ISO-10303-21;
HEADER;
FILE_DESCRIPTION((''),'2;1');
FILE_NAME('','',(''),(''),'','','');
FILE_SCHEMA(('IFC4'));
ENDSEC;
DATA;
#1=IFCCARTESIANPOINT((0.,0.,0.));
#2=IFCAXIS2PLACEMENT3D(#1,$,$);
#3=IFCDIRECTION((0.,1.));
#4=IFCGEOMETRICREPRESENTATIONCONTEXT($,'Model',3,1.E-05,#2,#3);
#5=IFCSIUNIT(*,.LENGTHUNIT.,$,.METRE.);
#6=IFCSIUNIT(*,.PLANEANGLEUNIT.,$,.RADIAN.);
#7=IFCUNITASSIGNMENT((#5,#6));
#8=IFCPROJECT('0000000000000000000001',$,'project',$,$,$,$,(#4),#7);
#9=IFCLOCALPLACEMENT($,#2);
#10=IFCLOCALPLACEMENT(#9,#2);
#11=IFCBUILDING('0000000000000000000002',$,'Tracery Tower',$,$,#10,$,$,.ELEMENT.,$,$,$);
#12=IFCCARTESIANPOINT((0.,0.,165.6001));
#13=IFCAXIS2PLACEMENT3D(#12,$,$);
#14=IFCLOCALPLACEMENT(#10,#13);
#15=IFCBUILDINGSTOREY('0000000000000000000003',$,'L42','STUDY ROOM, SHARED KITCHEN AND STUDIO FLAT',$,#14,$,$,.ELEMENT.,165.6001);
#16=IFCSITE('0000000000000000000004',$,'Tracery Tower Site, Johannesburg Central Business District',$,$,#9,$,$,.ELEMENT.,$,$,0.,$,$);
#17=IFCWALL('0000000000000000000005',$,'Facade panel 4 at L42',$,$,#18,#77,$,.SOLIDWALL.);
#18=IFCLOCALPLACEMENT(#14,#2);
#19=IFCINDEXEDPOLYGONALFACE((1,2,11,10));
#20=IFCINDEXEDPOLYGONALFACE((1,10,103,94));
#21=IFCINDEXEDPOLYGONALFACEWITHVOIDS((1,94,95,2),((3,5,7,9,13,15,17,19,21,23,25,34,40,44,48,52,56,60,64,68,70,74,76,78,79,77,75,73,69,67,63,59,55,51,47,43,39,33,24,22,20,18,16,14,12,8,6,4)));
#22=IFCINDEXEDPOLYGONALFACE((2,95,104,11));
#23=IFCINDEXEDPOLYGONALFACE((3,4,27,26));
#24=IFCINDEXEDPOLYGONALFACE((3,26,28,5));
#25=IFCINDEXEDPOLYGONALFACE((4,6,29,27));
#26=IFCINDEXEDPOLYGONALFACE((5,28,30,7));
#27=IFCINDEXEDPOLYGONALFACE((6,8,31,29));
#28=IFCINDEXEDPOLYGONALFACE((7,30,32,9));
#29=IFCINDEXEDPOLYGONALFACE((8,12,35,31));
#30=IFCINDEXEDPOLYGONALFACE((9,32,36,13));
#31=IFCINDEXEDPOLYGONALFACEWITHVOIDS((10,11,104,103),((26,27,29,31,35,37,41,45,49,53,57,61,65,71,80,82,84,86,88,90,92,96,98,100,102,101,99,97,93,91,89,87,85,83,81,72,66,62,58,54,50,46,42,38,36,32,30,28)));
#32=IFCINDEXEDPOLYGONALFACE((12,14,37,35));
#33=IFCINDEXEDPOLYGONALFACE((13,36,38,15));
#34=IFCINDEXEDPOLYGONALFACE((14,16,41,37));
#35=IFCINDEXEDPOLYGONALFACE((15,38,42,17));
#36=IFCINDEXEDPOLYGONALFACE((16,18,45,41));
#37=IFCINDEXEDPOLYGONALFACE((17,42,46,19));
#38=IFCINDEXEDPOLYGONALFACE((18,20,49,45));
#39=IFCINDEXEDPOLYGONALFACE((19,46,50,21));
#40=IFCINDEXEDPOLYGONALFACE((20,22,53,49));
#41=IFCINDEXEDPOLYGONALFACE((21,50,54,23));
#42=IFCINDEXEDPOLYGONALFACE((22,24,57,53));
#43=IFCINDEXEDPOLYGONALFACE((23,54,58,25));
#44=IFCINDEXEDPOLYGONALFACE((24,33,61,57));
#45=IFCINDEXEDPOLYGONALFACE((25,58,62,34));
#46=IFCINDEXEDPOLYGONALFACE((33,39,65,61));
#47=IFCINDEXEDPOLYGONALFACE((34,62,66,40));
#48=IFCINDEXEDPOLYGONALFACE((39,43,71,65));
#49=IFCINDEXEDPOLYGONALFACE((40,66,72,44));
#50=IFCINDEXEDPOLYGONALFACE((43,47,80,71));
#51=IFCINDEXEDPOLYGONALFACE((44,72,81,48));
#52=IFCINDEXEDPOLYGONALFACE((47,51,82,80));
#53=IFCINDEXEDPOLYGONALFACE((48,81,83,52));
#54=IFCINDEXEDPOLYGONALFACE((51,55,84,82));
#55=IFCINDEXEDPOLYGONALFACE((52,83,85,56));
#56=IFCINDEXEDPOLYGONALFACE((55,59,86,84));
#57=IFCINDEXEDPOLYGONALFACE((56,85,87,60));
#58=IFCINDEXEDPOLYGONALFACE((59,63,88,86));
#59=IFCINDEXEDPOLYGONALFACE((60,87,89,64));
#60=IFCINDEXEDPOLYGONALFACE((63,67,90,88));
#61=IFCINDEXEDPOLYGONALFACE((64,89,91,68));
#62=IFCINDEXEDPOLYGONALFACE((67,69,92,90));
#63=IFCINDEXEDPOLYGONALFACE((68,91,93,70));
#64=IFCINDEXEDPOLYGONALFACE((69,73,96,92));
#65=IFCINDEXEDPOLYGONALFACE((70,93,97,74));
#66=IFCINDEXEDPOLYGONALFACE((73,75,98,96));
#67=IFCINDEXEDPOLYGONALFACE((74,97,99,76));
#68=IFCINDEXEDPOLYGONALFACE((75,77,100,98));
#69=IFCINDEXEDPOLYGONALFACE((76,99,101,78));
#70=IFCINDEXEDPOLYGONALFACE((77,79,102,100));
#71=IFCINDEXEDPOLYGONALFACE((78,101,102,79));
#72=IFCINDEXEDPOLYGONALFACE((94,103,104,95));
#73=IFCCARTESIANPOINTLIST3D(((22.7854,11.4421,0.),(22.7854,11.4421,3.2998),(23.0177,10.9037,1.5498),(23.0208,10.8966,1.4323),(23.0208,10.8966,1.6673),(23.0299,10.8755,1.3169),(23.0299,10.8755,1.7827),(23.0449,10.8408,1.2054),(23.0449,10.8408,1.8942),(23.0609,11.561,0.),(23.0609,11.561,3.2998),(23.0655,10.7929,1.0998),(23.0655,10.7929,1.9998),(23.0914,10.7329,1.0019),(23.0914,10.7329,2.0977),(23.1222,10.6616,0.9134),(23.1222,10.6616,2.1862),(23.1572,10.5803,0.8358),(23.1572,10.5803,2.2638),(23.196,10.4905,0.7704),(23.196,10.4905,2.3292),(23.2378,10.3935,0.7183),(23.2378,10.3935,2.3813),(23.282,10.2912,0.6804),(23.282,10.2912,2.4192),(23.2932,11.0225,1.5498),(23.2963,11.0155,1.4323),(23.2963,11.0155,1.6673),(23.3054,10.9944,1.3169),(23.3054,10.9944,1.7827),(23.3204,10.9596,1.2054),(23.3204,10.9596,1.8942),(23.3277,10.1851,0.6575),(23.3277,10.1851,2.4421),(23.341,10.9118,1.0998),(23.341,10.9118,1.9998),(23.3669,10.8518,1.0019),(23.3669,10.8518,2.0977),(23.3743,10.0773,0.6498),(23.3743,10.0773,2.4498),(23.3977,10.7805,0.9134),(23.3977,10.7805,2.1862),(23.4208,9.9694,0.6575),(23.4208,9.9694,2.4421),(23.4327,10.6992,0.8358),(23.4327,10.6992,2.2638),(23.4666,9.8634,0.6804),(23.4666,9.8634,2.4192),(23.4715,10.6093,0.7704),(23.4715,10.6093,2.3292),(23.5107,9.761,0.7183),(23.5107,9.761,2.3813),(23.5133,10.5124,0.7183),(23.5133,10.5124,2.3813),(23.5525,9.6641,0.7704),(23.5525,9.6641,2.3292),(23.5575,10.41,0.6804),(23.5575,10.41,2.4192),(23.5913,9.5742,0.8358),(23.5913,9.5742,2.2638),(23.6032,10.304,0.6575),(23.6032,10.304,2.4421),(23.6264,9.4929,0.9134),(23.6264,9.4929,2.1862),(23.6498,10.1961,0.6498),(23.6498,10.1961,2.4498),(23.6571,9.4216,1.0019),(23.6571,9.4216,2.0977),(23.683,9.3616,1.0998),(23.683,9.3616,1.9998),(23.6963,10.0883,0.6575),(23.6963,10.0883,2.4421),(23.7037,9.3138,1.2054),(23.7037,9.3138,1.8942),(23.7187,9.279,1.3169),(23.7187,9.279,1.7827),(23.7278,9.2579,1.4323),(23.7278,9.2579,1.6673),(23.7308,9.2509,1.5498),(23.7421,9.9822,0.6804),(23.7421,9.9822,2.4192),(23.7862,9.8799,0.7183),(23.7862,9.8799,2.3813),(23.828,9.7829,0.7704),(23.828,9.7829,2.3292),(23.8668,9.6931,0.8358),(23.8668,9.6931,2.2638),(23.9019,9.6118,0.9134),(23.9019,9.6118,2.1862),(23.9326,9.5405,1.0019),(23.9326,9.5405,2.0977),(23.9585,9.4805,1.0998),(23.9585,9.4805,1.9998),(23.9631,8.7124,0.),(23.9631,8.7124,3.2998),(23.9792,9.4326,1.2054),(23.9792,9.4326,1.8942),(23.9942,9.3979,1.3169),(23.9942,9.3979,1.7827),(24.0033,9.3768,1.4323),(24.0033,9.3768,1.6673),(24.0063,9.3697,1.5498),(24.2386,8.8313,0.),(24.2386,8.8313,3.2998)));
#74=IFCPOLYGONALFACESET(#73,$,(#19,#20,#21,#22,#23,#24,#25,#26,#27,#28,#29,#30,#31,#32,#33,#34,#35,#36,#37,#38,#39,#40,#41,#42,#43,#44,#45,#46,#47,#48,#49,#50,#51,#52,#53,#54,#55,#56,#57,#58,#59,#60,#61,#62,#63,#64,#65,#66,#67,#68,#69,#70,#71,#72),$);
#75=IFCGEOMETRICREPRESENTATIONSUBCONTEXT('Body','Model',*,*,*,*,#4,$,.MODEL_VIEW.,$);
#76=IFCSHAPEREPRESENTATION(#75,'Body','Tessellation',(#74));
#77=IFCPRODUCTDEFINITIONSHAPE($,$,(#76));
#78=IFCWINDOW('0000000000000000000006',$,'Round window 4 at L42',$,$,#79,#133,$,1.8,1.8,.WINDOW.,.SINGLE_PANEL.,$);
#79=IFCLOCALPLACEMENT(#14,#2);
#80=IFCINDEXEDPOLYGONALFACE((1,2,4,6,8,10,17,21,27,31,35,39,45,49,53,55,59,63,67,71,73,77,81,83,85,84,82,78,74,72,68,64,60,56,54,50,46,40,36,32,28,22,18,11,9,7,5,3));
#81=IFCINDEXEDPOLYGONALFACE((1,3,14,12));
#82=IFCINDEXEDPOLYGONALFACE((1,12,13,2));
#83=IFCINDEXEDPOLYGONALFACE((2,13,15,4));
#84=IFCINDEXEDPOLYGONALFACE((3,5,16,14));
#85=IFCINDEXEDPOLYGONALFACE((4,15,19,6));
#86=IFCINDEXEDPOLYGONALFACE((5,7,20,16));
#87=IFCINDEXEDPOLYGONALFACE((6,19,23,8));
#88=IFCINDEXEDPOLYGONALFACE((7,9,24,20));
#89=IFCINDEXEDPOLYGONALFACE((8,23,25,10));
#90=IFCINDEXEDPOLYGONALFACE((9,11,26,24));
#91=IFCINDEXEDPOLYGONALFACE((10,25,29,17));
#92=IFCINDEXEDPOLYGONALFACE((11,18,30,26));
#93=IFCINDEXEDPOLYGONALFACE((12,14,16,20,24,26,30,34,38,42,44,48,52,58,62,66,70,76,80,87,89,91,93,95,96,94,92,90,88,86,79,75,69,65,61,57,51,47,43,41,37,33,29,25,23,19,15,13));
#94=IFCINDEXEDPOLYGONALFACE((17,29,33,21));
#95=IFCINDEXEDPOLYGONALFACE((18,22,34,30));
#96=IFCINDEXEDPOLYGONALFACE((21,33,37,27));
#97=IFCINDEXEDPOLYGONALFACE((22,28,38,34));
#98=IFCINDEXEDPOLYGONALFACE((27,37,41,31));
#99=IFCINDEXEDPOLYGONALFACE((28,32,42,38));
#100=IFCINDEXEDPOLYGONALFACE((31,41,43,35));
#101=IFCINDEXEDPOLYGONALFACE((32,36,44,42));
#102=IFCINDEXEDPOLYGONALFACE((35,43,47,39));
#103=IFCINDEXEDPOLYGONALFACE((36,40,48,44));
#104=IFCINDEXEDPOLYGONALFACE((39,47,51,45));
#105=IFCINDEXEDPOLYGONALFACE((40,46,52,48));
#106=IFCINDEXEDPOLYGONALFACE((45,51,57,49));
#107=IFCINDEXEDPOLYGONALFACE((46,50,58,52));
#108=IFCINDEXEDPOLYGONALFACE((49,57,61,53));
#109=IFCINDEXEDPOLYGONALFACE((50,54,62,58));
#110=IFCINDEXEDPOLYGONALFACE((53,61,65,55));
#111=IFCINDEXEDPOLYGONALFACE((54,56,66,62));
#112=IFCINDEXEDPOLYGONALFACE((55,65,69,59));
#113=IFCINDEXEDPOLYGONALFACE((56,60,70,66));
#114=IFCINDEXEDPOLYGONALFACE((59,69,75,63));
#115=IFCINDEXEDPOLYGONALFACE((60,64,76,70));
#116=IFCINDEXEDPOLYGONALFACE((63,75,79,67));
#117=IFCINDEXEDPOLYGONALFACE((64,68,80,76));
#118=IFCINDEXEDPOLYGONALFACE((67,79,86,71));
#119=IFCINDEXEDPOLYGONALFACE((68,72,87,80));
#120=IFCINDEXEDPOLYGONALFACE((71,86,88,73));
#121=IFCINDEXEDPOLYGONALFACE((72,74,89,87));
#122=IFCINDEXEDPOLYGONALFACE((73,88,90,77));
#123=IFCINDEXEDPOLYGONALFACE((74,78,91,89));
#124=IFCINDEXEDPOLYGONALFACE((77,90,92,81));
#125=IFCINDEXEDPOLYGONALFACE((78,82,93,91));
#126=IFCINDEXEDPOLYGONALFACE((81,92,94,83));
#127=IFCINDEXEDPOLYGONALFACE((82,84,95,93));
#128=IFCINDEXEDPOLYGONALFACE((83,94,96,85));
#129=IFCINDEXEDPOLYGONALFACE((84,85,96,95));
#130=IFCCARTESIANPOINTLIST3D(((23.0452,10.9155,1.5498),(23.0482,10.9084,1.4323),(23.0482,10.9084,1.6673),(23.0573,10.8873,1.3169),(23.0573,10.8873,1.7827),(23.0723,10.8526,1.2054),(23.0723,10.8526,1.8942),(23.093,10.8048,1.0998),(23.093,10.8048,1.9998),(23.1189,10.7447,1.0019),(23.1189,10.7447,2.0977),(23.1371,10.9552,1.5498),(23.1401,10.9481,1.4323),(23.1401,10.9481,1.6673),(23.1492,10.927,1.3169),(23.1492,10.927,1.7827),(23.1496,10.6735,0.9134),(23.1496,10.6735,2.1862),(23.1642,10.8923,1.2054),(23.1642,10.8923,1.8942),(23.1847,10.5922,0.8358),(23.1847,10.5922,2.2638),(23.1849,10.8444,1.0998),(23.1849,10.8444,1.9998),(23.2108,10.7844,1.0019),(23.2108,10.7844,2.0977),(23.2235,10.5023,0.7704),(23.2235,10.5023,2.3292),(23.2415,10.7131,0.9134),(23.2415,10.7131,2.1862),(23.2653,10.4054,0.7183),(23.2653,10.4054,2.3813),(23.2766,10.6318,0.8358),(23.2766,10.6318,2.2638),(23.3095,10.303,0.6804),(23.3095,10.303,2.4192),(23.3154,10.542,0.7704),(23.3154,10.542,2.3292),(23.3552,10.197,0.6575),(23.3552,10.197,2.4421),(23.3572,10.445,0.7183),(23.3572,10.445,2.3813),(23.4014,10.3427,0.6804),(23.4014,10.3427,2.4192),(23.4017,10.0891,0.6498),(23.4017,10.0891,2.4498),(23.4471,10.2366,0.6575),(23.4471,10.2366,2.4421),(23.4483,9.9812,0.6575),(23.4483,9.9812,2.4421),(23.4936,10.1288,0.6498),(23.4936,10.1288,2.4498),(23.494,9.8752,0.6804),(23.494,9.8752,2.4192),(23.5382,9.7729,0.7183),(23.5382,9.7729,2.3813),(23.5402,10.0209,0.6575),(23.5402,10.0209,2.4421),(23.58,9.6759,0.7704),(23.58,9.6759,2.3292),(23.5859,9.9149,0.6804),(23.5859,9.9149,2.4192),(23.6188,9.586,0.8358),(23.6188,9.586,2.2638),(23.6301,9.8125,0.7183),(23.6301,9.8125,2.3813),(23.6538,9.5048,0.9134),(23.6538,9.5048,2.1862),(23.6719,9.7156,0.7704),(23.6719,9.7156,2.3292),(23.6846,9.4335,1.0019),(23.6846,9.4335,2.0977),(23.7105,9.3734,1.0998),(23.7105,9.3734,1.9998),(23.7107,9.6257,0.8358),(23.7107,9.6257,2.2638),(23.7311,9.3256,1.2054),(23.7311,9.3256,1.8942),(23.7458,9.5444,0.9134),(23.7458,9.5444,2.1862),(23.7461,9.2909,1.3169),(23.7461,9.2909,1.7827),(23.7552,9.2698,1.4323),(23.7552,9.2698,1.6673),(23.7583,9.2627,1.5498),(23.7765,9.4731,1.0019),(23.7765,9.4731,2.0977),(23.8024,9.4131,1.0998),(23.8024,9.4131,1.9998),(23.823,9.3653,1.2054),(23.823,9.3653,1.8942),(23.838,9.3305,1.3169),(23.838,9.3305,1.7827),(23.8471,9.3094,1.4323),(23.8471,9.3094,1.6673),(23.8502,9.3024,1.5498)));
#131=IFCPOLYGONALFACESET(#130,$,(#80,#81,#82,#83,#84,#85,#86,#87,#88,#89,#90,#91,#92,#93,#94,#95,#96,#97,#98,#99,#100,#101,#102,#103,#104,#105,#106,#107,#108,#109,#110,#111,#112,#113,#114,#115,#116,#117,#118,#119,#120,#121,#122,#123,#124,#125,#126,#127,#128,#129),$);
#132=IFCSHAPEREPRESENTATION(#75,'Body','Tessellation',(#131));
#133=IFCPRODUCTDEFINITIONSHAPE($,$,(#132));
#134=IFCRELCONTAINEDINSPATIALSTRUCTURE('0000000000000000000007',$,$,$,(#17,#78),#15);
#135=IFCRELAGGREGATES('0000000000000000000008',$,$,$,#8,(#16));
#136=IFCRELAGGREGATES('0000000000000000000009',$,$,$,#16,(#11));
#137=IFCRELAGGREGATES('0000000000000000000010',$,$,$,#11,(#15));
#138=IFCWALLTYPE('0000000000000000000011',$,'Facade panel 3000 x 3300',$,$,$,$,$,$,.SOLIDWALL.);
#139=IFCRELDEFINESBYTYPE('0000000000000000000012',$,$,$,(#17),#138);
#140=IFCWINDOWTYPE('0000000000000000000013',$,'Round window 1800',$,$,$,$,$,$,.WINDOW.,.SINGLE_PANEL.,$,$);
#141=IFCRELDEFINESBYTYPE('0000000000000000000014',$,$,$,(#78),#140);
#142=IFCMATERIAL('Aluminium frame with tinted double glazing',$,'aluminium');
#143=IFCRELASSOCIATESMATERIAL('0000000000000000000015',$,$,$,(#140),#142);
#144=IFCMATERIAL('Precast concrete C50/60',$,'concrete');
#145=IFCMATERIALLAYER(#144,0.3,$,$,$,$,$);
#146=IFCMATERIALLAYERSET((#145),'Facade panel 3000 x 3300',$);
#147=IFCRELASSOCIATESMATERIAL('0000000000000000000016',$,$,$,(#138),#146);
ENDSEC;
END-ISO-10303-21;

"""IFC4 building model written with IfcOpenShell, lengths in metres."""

from ifc_helpers import new_model, si_unit, direction, frame, frame_2d, origin, origin_2d, place, context, subcontext, project, spatial, rectangle, circle, extrude, material, layer, layer_set, type_object, element, fill, save


model = new_model("IFC4")

# Units and contexts
model_context = context("Model", 3, precision=1e-05, world=origin(), true_north=direction((0.0, 1.0)))
body_context = subcontext(model_context, "Body", "Model", "MODEL_VIEW")
ifc_project = project(units=[si_unit("LENGTHUNIT", "METRE"), si_unit("PLANEANGLEUNIT", "RADIAN")], contexts=[model_context])

# Site, building, storey
site_placement = place(None, origin())
site = spatial("IfcSite", under=ifc_project, at=site_placement, Name="Tracery Tower Site, Johannesburg Central Business District", CompositionType="ELEMENT", RefElevation=0.0)
building_placement = place(site_placement, origin())
building = spatial("IfcBuilding", under=site, at=building_placement, Name="Tracery Tower", CompositionType="ELEMENT")
storey_placement = place(building_placement, frame((0.0, 0.0, 165.6001)))
storey = spatial("IfcBuildingStorey", under=building, at=storey_placement, Name="L42", Description="STUDY ROOM, SHARED KITCHEN AND STUDIO FLAT", CompositionType="ELEMENT", Elevation=165.6001)

# Wall, opening, window
ifc_material_1 = material(Name="Aluminium frame with tinted double glazing", Category="aluminium")
window_type = type_object("IfcWindowType", Name="Round window 1800", PartitioningType="SINGLE_PANEL", PredefinedType="WINDOW", material=ifc_material_1)
ifc_material_2 = material(Name="Precast concrete C50/60", Category="concrete")
ifc_layer_1 = layer(ifc_material_2, 0.3)
ifc_layer_set_1 = layer_set([ifc_layer_1], Name="Facade panel 3000 x 3300")
wall_type_1 = type_object("IfcWallType", Name="Facade panel 3000 x 3300", PredefinedType="SOLIDWALL", material=ifc_layer_set_1)
wall_1_placement = place(storey_placement, frame((24.1008, 8.772, 0.0), z_axis=(0.0, 0.0, 1.0), x_axis=(-0.396148, 0.918187, 0.0)))
wall_1 = element("IfcWall", 1, at=wall_1_placement, inside=storey, type_object=wall_type_1, Name="Facade panel 4 at L42", PredefinedType="SOLIDWALL", context=body_context, shape_type="SweptSolid", body=[
    extrude(rectangle(XDim=2.9729, YDim=0.3, at=frame_2d((1.4863, 0.0))), origin(), (0.0, 0.0, 1.0), 3.2998),
])
opening_1_placement = place(wall_1_placement, frame((1.4863, 0.0, 1.5498)))
opening_1 = element("IfcOpeningElement", 2, at=opening_1_placement, cuts=wall_1, PredefinedType="OPENING", context=body_context, shape_type="SweptSolid", body=[
    extrude(circle(Radius=0.9, at=origin_2d()), frame((0.0, 0.1599, 0.0), z_axis=(0.0, -1.0, 0.0), x_axis=(1.0, 0.0, 0.0)), (0.0, 0.0, 1.0), 0.3201),
])
window_1_placement = place(opening_1_placement, origin())
window_1 = element("IfcWindow", 3, at=window_1_placement, inside=storey, type_object=window_type, Name="Round window 4 at L42", OverallHeight=1.8, OverallWidth=1.8, PartitioningType="SINGLE_PANEL", PredefinedType="WINDOW", context=body_context, shape_type="SweptSolid", body=[
    extrude(circle(Radius=0.9, at=origin_2d()), frame((0.0, 0.1201, 0.0), z_axis=(0.0, -1.0, 0.0), x_axis=(1.0, 0.0, 0.0)), (0.0, 0.0, 1.0), 0.1001),
])
fill(opening_1, window_1)

save(model, "model.ifc")
